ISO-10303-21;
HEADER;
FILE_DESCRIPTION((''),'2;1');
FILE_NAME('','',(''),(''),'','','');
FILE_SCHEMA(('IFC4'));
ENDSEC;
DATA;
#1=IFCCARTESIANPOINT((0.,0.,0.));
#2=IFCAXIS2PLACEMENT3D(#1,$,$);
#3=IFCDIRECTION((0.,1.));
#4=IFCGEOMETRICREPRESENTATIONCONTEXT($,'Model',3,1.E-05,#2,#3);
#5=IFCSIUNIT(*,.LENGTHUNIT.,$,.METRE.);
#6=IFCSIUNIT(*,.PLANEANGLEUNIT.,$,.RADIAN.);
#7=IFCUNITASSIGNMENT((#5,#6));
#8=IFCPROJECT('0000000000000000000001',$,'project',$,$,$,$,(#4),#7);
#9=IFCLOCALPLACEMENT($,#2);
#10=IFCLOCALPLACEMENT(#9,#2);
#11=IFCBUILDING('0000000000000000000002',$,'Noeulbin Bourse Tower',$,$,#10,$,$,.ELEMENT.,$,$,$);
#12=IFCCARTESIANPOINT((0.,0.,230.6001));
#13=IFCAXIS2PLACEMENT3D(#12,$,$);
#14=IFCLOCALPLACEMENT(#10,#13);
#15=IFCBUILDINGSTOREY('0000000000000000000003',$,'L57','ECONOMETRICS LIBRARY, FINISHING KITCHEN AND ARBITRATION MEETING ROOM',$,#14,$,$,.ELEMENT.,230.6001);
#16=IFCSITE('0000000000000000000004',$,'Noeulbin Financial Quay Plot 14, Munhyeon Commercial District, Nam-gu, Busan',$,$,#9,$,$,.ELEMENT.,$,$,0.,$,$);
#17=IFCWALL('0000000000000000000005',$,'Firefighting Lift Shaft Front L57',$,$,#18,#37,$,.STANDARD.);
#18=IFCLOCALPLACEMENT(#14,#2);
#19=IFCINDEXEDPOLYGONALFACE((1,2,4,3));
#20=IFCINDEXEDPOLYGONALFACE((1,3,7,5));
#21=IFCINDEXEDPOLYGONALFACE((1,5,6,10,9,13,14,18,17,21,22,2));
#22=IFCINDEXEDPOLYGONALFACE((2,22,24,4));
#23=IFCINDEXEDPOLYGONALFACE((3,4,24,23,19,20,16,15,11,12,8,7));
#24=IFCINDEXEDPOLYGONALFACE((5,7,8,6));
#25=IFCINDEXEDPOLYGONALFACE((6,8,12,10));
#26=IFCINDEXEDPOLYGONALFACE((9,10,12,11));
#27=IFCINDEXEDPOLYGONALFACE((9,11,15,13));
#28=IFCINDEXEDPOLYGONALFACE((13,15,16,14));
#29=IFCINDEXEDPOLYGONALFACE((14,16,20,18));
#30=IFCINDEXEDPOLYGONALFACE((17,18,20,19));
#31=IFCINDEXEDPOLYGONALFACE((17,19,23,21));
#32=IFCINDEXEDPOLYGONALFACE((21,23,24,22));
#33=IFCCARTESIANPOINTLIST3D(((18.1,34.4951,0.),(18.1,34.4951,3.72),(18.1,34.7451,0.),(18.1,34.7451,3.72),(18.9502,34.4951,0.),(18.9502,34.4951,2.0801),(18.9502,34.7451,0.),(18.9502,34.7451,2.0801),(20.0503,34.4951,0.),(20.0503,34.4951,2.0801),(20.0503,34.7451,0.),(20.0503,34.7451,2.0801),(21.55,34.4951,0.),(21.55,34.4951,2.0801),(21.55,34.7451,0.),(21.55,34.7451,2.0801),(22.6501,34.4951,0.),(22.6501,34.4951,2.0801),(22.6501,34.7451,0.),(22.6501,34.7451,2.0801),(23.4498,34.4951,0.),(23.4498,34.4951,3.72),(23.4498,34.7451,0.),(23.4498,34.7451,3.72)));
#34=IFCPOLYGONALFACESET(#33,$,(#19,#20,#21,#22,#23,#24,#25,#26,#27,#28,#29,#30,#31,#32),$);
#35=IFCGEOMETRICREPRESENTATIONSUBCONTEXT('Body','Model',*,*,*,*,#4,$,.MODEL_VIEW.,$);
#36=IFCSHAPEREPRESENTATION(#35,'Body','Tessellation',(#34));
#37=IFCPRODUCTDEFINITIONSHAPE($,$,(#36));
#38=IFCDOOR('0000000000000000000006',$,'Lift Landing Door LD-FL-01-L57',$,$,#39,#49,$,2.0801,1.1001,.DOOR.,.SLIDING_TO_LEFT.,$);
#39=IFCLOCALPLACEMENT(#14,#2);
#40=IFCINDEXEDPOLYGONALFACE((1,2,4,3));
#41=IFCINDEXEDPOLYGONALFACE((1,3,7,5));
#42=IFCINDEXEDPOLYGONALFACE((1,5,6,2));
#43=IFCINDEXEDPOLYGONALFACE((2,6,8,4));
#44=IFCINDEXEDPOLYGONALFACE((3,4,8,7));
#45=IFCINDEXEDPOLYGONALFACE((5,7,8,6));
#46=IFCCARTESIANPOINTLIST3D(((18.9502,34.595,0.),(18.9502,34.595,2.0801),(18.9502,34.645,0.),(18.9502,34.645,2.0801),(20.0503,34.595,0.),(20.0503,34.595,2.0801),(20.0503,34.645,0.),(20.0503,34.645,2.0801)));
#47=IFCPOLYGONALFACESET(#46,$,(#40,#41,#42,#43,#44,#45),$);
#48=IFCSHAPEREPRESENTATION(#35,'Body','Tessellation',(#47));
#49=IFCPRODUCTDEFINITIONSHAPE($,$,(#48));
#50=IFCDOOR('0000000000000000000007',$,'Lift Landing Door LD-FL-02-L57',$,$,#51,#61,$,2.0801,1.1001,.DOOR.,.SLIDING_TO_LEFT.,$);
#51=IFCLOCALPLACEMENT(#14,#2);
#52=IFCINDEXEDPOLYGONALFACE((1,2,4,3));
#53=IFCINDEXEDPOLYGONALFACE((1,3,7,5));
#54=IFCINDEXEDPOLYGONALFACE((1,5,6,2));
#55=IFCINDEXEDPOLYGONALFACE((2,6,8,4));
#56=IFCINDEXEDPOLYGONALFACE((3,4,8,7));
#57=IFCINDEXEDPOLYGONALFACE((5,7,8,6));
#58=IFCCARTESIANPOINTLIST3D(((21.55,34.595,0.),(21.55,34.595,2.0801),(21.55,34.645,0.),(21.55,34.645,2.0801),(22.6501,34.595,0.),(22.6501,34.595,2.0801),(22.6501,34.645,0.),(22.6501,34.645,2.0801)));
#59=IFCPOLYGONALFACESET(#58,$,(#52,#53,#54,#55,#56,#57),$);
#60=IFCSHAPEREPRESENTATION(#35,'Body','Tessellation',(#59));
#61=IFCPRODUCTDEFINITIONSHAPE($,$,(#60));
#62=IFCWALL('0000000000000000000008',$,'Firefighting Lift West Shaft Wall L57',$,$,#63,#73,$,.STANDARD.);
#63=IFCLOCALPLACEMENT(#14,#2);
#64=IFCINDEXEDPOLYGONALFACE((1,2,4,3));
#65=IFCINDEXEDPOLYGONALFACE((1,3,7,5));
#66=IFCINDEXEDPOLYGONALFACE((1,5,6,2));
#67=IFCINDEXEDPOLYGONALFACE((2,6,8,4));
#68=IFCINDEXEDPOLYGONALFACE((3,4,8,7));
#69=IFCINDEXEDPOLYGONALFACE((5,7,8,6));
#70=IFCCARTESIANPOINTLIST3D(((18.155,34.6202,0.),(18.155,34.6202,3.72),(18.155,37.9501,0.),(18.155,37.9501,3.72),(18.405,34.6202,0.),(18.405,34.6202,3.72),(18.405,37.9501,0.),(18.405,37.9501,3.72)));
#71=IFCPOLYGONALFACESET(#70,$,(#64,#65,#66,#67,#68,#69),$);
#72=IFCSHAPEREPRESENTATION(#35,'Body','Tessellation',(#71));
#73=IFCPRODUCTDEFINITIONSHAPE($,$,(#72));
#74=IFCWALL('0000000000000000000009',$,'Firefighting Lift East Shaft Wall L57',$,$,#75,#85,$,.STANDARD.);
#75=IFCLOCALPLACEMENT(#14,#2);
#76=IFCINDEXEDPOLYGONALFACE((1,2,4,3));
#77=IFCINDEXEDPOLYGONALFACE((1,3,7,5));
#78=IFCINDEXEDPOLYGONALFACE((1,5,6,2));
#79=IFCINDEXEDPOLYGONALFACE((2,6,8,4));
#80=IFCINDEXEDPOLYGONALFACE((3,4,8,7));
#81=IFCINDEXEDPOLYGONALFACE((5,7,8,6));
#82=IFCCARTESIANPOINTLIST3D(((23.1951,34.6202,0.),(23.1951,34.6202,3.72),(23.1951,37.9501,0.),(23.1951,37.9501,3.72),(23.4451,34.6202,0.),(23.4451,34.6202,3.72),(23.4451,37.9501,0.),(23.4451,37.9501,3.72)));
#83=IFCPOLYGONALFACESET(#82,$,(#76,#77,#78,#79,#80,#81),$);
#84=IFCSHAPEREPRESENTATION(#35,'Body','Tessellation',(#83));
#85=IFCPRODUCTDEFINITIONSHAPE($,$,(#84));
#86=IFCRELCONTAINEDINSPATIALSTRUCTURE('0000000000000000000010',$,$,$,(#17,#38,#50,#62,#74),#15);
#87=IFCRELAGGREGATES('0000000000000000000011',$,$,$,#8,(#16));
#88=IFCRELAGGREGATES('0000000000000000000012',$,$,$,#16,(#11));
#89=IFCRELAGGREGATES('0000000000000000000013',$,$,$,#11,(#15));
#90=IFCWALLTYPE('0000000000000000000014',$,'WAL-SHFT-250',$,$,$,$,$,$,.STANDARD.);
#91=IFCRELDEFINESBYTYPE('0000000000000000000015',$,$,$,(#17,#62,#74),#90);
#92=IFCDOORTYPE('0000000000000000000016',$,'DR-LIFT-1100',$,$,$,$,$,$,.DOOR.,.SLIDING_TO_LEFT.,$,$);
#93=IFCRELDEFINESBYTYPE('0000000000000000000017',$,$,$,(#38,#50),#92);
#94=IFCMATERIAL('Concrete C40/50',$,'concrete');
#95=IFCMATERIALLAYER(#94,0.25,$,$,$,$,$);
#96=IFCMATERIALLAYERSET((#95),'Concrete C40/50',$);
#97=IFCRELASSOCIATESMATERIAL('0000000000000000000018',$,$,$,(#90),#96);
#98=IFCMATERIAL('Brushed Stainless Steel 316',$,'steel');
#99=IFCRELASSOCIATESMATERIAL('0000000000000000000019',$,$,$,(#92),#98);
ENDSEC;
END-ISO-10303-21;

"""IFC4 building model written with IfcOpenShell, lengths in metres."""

from ifc_helpers import new_model, si_unit, direction, frame, frame_2d, origin, place, context, subcontext, project, spatial, rectangle, extrude, material, layer, layer_set, type_object, element, fill, save


model = new_model("IFC4")

# Units and contexts
model_context = context("Model", 3, precision=1e-05, world=origin(), true_north=direction((0.0, 1.0)))
body_context = subcontext(model_context, "Body", "Model", "MODEL_VIEW")
ifc_project = project(units=[si_unit("LENGTHUNIT", "METRE"), si_unit("PLANEANGLEUNIT", "RADIAN")], contexts=[model_context])

# Site, building, storey
site_placement = place(None, origin())
site = spatial("IfcSite", under=ifc_project, at=site_placement, Name="Noeulbin Financial Quay Plot 14, Munhyeon Commercial District, Nam-gu, Busan", CompositionType="ELEMENT", RefElevation=0.0)
building_placement = place(site_placement, origin())
building = spatial("IfcBuilding", under=site, at=building_placement, Name="Noeulbin Bourse Tower", CompositionType="ELEMENT")
storey_placement = place(building_placement, frame((0.0, 0.0, 230.6001)))
storey = spatial("IfcBuildingStorey", under=building, at=storey_placement, Name="L57", Description="ECONOMETRICS LIBRARY, FINISHING KITCHEN AND ARBITRATION MEETING ROOM", CompositionType="ELEMENT", Elevation=230.6001)

# Shared definitions
ifc_material_1 = material(Name="Concrete C40/50", Category="concrete")

# Wall, openings, doors
ifc_layer_1 = layer(ifc_material_1, 0.25)
ifc_layer_set_1 = layer_set([ifc_layer_1], Name="Concrete C40/50")
wall_type_1 = type_object("IfcWallType", Name="WAL-SHFT-250", PredefinedType="STANDARD", material=ifc_layer_set_1)
wall_1_placement = place(storey_placement, frame((18.1001, 34.6201, 0.0), z_axis=(0.0, 0.0, 1.0), x_axis=(1.0, 0.0, 0.0)))
wall_1 = element("IfcWall", 1, at=wall_1_placement, inside=storey, type_object=wall_type_1, Name="Firefighting Lift Shaft Front L57", PredefinedType="STANDARD", context=body_context, shape_type="SweptSolid", body=[
    extrude(rectangle(XDim=5.3499, YDim=0.25, at=frame_2d((2.6748, 0.0))), origin(), (0.0, 0.0, 1.0), 3.72),
])
opening_1_placement = place(wall_1_placement, frame((0.8501, 0.0, 0.0)))
opening_1 = element("IfcOpeningElement", 2, at=opening_1_placement, cuts=wall_1, PredefinedType="OPENING", context=body_context, shape_type="SweptSolid", body=[
    extrude(rectangle(XDim=1.1001, YDim=2.0801, at=frame_2d((0.55, 1.04))), frame((0.0, 0.135, 0.0), z_axis=(0.0, -1.0, 0.0), x_axis=(1.0, 0.0, 0.0)), (0.0, 0.0, 1.0), 0.27),
])
opening_2_placement = place(wall_1_placement, frame((3.45, 0.0, 0.0)))
opening_2 = element("IfcOpeningElement", 3, at=opening_2_placement, cuts=wall_1, PredefinedType="OPENING", context=body_context, shape_type="SweptSolid", body=[
    extrude(rectangle(XDim=1.1001, YDim=2.0801, at=frame_2d((0.55, 1.04))), frame((0.0, 0.135, 0.0), z_axis=(0.0, -1.0, 0.0), x_axis=(1.0, 0.0, 0.0)), (0.0, 0.0, 1.0), 0.27),
])
ifc_material_2 = material(Name="Brushed Stainless Steel 316", Category="steel")
door_type_1 = type_object("IfcDoorType", Name="DR-LIFT-1100", OperationType="SLIDING_TO_LEFT", PredefinedType="DOOR", material=ifc_material_2)
door_1_placement = place(opening_1_placement, origin())
door_1 = element("IfcDoor", 4, at=door_1_placement, inside=storey, type_object=door_type_1, Name="Lift Landing Door LD-FL-01-L57", OperationType="SLIDING_TO_LEFT", OverallHeight=2.0801, OverallWidth=1.1001, PredefinedType="DOOR", context=body_context, shape_type="SweptSolid", body=[
    extrude(rectangle(XDim=1.1001, YDim=2.0801, at=frame_2d((0.55, 1.04))), frame((0.0, 0.0249, 0.0), z_axis=(0.0, -1.0, 0.0), x_axis=(1.0, 0.0, 0.0)), (0.0, 0.0, 1.0), 0.05),
])
fill(opening_1, door_1)
door_2_placement = place(opening_2_placement, origin())
door_2 = element("IfcDoor", 5, at=door_2_placement, inside=storey, type_object=door_type_1, Name="Lift Landing Door LD-FL-02-L57", OperationType="SLIDING_TO_LEFT", OverallHeight=2.0801, OverallWidth=1.1001, PredefinedType="DOOR", context=body_context, shape_type="SweptSolid", body=[
    extrude(rectangle(XDim=1.1001, YDim=2.0801, at=frame_2d((0.55, 1.04))), frame((0.0, 0.0249, 0.0), z_axis=(0.0, -1.0, 0.0), x_axis=(1.0, 0.0, 0.0)), (0.0, 0.0, 1.0), 0.05),
])
fill(opening_2, door_2)

# Walls
for number, where, z_axis, x_axis, name in (
    (6, (18.28, 34.6201, 0.0), (0.0, 0.0, 1.0), (0.0, 1.0, 0.0), "Firefighting Lift West Shaft Wall L57"),
    (7, (23.3201, 34.6201, 0.0), (0.0, 0.0, 1.0), (0.0, 1.0, 0.0), "Firefighting Lift East Shaft Wall L57"),
):
    element("IfcWall", number, at=place(storey_placement, frame(where, z_axis=z_axis, x_axis=x_axis)), inside=storey, type_object=wall_type_1, Name=name, PredefinedType="STANDARD", context=body_context, shape_type="SweptSolid", body=[
        extrude(rectangle(XDim=3.3298, YDim=0.25, at=frame_2d((1.665, 0.0))), origin(), (0.0, 0.0, 1.0), 3.72),
    ])

save(model, "model.ifc")
